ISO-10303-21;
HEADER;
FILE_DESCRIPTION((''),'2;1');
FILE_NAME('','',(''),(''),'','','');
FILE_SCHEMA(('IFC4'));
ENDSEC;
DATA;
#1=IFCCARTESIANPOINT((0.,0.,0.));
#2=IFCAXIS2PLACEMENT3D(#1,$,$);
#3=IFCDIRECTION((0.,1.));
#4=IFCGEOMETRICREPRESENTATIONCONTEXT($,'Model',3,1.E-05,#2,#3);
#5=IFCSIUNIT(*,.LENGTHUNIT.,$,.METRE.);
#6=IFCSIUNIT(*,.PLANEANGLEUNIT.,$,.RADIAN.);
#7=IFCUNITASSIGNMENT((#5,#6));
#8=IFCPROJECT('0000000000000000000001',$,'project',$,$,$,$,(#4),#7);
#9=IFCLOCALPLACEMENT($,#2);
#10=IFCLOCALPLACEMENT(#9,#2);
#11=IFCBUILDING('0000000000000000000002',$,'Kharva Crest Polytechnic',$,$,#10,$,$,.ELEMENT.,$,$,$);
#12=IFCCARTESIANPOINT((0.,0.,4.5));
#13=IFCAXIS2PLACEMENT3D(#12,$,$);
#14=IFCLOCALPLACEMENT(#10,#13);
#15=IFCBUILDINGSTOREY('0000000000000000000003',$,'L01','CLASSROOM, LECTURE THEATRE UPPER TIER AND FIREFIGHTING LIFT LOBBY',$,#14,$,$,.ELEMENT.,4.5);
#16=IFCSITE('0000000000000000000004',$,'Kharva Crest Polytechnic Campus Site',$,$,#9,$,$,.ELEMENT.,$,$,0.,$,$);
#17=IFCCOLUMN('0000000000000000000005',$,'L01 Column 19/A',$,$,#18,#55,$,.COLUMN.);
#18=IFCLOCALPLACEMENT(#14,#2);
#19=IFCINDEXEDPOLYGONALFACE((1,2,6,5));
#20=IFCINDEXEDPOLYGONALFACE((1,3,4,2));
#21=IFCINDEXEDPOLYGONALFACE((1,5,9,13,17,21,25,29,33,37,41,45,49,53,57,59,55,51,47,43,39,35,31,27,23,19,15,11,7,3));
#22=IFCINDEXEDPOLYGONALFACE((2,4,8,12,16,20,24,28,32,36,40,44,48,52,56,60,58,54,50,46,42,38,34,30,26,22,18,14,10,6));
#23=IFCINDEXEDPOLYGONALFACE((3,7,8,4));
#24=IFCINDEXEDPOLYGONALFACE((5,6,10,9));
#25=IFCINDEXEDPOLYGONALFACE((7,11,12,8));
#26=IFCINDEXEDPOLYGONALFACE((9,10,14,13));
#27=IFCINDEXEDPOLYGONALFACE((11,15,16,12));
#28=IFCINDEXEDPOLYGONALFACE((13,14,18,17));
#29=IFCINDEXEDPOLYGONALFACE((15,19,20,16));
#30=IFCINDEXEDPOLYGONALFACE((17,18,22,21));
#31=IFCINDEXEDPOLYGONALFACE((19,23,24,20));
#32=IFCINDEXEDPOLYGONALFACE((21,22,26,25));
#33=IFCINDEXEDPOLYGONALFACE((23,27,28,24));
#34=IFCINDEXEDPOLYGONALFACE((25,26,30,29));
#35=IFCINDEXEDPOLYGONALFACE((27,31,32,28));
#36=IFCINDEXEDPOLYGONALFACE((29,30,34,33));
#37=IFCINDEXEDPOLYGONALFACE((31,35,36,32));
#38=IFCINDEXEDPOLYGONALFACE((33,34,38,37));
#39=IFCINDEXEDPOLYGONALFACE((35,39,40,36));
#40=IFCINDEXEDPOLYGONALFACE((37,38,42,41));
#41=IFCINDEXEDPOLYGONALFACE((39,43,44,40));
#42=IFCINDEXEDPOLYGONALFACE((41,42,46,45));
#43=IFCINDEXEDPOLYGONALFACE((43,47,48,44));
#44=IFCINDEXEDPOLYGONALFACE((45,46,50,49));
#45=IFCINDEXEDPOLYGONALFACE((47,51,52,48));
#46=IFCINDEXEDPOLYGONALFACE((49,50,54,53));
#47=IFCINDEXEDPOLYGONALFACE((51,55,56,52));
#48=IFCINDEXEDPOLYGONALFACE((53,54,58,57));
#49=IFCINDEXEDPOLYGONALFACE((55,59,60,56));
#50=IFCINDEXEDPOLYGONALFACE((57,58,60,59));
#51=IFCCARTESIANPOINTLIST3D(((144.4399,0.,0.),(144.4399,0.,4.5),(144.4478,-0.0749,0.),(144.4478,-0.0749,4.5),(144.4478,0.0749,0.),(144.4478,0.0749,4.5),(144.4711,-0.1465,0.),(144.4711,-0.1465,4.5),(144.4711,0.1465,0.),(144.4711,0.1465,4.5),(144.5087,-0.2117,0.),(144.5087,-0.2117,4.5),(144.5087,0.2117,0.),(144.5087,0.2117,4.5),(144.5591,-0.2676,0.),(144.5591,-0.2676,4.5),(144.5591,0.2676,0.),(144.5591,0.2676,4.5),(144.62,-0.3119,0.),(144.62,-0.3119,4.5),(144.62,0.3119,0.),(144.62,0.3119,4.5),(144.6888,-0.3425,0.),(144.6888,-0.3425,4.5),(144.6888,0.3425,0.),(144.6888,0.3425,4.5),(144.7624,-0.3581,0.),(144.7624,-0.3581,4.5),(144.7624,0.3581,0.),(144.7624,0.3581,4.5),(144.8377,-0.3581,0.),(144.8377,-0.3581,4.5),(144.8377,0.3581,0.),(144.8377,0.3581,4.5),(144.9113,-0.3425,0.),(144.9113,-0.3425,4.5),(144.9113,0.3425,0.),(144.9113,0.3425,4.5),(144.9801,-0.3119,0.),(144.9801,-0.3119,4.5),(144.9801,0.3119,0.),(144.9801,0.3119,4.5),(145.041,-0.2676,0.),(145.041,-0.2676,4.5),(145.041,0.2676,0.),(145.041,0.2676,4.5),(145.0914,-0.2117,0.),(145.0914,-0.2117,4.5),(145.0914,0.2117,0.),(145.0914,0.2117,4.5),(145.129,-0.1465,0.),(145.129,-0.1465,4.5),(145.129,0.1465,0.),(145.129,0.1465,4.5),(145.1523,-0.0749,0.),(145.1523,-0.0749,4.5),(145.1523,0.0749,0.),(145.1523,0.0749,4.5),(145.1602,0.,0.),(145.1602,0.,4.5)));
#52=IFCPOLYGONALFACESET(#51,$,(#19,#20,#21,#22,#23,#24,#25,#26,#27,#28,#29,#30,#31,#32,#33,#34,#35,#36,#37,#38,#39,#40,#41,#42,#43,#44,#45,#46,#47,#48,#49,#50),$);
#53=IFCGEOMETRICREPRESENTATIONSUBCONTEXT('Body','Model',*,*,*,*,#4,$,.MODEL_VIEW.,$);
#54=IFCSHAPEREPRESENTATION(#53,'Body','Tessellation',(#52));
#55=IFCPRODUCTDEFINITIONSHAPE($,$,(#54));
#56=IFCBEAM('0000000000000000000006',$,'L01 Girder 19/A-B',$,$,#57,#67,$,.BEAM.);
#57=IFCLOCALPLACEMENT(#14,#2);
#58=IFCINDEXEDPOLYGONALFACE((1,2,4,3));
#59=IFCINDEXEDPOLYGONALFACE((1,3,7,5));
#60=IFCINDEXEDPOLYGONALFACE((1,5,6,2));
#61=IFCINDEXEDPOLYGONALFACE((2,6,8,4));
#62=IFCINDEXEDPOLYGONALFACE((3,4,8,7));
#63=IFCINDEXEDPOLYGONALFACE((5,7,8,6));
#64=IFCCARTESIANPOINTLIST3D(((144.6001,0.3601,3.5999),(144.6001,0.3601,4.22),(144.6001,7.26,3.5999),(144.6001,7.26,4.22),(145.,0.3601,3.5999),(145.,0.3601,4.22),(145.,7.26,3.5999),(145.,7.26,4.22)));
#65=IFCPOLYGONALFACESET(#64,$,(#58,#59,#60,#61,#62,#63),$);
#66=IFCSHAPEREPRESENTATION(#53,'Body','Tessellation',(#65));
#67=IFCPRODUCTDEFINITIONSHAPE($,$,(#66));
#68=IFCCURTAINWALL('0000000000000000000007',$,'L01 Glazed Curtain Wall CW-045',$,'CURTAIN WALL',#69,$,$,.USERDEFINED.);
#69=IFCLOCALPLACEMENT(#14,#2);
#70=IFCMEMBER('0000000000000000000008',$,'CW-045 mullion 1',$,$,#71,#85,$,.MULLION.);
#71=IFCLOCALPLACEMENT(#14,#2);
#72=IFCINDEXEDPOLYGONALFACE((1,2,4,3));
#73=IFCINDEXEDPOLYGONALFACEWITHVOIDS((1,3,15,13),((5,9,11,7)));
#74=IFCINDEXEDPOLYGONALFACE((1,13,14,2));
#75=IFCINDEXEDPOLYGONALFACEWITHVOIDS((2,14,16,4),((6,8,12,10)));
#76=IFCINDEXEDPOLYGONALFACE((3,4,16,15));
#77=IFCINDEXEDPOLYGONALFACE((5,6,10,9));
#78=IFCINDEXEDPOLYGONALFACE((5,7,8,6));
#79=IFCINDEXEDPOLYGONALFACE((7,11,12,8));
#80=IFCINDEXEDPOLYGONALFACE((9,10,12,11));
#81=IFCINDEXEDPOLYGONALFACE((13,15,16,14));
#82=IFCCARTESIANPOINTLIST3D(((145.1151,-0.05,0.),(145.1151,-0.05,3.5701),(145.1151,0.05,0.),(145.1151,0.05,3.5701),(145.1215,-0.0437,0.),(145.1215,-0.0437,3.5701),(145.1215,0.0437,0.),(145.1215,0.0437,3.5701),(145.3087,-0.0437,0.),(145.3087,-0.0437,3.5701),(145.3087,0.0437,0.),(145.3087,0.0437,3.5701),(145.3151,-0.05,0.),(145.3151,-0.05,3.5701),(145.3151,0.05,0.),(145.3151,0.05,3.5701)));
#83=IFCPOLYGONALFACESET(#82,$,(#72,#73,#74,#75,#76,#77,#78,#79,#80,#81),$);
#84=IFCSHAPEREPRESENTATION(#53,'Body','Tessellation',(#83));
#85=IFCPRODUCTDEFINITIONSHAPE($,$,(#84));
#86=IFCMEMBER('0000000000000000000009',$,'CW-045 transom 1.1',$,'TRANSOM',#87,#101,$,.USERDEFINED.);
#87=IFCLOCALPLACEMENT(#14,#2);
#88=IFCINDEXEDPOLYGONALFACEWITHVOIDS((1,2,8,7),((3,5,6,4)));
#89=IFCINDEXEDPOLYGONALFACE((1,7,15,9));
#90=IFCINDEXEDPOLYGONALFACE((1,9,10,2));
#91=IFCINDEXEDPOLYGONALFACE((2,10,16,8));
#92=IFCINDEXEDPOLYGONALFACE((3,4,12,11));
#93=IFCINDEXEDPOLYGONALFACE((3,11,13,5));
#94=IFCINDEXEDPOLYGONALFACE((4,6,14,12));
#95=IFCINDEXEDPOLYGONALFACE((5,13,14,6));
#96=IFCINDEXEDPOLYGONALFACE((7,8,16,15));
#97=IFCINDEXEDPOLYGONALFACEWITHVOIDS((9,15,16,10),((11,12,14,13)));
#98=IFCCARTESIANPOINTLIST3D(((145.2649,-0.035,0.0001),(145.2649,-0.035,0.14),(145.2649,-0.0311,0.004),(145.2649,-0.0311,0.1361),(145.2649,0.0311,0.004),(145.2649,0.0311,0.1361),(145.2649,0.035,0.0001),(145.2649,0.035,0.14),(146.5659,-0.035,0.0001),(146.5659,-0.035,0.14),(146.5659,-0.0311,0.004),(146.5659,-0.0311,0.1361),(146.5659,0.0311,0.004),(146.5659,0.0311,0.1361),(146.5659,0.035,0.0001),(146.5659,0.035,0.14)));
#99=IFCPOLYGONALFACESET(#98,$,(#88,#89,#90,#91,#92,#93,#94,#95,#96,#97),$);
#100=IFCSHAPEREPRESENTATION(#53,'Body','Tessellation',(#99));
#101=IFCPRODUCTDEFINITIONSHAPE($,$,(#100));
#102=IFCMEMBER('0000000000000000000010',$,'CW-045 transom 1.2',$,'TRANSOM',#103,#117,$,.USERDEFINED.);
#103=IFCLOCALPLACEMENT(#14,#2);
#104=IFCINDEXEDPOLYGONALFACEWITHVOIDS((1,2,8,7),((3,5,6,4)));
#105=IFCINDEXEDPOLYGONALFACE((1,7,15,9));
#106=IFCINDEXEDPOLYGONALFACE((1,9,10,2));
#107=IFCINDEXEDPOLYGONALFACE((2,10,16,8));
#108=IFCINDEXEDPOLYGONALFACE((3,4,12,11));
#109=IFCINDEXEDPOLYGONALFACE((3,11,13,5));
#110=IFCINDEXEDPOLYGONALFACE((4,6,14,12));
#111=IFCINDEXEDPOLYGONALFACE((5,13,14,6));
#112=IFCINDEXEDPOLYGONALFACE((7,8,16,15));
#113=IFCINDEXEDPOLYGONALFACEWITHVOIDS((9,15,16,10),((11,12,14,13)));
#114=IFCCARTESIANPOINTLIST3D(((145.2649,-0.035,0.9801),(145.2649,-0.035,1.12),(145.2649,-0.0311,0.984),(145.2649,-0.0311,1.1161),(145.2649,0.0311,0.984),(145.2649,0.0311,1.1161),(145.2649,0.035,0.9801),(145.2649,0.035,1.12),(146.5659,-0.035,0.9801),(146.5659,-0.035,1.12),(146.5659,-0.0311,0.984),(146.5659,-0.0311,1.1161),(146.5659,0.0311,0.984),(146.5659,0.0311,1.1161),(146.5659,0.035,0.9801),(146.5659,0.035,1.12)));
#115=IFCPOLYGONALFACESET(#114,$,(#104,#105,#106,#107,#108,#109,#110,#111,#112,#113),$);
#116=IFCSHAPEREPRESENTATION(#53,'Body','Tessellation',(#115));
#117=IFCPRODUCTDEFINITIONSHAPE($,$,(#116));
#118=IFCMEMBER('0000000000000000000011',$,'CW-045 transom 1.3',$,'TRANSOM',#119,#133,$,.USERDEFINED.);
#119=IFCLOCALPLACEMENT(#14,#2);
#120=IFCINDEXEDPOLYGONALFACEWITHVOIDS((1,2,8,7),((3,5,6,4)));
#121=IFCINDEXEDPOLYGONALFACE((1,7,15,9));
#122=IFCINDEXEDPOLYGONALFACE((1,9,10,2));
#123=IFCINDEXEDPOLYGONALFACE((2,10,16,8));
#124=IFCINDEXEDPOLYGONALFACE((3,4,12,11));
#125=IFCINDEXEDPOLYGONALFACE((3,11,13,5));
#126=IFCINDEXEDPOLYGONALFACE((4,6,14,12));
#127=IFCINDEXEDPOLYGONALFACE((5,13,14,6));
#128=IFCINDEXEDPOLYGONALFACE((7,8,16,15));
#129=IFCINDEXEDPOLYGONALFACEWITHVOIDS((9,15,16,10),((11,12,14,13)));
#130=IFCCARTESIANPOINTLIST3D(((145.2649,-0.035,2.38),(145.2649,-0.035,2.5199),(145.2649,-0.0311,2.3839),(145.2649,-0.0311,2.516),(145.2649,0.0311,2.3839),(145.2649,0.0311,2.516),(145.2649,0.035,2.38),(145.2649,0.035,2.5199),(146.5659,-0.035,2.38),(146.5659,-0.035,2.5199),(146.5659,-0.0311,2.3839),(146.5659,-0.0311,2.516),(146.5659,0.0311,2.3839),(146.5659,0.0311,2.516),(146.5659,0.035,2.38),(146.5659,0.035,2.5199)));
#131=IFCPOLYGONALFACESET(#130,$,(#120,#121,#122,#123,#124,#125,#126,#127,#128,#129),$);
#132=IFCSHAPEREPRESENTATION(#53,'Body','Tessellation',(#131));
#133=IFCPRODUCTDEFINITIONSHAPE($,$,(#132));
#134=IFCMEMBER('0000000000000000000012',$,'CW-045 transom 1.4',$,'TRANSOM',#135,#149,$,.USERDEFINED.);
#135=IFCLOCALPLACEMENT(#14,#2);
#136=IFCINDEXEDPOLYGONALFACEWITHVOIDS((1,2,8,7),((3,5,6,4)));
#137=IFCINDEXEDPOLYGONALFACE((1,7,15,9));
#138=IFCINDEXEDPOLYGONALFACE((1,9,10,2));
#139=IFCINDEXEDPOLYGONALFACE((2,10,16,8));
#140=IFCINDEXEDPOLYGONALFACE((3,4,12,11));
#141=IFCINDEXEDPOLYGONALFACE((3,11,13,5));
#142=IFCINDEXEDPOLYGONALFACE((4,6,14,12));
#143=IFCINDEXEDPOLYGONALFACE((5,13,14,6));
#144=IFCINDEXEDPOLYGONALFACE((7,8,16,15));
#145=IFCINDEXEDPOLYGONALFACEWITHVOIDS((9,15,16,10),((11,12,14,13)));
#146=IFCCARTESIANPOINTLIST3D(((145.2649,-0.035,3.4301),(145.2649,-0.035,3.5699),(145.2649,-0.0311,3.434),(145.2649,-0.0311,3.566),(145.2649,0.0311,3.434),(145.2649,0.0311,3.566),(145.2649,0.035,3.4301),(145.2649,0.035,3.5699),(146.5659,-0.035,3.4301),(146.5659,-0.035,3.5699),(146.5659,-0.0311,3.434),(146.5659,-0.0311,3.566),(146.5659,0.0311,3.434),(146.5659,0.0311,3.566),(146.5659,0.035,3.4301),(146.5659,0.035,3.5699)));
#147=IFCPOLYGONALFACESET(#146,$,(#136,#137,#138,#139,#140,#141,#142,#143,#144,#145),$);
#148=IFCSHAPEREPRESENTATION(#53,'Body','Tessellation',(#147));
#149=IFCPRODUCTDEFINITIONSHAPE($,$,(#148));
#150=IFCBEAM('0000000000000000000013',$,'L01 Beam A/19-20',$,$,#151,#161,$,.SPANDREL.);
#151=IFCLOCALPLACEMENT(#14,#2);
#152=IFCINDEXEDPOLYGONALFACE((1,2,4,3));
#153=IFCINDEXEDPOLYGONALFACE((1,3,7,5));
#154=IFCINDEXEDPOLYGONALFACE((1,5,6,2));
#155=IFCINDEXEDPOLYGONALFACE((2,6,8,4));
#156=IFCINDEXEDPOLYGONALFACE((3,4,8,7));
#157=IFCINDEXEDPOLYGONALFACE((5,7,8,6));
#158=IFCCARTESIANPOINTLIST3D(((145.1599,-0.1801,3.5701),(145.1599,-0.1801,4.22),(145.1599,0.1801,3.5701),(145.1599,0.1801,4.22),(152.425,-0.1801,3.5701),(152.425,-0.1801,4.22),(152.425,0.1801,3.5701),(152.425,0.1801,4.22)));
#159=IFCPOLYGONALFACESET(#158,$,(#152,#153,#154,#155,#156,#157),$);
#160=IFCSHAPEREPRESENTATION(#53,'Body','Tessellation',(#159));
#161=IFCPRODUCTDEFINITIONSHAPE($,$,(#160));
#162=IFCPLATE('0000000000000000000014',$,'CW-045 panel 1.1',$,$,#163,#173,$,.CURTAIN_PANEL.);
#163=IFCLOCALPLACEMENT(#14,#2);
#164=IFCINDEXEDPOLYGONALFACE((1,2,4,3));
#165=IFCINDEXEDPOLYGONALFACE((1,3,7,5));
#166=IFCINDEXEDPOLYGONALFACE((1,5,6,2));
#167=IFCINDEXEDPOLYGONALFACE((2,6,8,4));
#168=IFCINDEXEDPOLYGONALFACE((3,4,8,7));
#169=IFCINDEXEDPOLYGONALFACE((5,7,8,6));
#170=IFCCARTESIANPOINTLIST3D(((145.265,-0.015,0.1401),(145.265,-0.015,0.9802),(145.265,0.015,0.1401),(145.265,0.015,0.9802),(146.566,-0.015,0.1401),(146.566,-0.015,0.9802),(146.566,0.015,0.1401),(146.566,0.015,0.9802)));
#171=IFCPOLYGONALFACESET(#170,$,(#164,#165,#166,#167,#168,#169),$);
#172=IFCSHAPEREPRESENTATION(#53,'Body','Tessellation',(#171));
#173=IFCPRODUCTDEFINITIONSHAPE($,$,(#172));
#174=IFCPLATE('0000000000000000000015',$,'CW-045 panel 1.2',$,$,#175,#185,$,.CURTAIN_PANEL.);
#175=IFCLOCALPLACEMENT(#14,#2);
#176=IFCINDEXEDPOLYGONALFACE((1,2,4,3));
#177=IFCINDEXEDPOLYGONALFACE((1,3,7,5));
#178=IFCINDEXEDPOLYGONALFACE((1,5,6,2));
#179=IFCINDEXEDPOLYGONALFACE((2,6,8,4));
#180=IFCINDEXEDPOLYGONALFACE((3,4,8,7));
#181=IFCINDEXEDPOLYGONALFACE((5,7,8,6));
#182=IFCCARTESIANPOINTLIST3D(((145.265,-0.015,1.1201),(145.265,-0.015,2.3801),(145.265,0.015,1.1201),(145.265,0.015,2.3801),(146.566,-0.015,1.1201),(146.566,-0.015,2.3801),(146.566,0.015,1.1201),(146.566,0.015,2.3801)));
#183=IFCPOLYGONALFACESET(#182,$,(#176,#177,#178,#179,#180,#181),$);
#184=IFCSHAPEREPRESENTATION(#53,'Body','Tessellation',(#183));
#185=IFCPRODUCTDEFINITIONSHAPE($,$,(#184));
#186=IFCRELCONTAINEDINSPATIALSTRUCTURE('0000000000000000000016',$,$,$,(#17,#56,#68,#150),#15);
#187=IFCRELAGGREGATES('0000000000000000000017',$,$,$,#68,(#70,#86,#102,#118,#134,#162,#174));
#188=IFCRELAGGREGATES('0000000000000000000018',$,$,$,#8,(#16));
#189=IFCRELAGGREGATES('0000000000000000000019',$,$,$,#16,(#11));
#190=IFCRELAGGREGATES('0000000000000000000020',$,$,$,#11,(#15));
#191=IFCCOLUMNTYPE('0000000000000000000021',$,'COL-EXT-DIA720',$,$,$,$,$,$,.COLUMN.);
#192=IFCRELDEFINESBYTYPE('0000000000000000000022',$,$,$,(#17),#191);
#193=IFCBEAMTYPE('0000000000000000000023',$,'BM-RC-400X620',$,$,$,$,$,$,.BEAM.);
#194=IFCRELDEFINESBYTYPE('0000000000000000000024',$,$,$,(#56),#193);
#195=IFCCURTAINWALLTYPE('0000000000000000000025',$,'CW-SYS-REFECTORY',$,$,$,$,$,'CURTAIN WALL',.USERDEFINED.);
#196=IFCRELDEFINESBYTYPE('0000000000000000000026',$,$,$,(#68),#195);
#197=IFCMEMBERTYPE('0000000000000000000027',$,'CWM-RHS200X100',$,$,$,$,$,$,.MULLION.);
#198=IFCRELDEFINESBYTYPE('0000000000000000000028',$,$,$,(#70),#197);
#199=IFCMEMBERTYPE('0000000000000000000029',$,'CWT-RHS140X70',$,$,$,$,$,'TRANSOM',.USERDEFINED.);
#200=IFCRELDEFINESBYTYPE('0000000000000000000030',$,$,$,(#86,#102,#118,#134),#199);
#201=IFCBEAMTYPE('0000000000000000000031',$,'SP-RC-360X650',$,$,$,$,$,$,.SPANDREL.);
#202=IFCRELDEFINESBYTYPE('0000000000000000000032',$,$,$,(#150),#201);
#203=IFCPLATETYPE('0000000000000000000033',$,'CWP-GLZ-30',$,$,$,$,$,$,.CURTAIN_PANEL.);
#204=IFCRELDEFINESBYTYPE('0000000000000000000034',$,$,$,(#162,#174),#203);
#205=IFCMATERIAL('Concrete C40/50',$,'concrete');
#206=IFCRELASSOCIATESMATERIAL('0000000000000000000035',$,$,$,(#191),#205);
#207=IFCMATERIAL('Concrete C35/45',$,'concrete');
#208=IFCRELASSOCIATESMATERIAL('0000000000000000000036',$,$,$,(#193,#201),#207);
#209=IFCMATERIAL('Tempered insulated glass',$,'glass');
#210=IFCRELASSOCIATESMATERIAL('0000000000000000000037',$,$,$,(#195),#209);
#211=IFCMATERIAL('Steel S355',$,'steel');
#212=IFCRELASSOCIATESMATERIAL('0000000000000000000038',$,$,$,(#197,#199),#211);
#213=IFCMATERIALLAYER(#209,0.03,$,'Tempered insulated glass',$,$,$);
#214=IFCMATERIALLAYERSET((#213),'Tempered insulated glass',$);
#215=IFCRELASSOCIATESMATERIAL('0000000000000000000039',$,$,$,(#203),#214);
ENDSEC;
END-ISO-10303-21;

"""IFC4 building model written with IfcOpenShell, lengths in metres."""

from ifc_helpers import new_model, si_unit, direction, frame, origin, origin_2d, place, context, subcontext, project, spatial, rectangle, hollow_rectangle, circle, extrude, material, layer, layer_set, material_profile, profile_set, type_object, element, aggregate, save


model = new_model("IFC4")

# Units and contexts
model_context = context("Model", 3, precision=1e-05, world=origin(), true_north=direction((0.0, 1.0)))
body_context = subcontext(model_context, "Body", "Model", "MODEL_VIEW")
ifc_project = project(units=[si_unit("LENGTHUNIT", "METRE"), si_unit("PLANEANGLEUNIT", "RADIAN")], contexts=[model_context])

# Site, building, storey
site_placement = place(None, origin())
site = spatial("IfcSite", under=ifc_project, at=site_placement, Name="Kharva Crest Polytechnic Campus Site", CompositionType="ELEMENT", RefElevation=0.0)
building_placement = place(site_placement, origin())
building = spatial("IfcBuilding", under=site, at=building_placement, Name="Kharva Crest Polytechnic", CompositionType="ELEMENT")
storey_placement = place(building_placement, frame((0.0, 0.0, 4.5)))
storey = spatial("IfcBuildingStorey", under=building, at=storey_placement, Name="L01", Description="CLASSROOM, LECTURE THEATRE UPPER TIER AND FIREFIGHTING LIFT LOBBY", CompositionType="ELEMENT", Elevation=4.5)

# Column
ifc_material_1 = material(Name="Concrete C40/50", Category="concrete")
ifc_material_profile_1 = material_profile(ifc_material_1, circle(Radius=0.3601, at=origin_2d()), Name="DIA 720")
ifc_profile_set_1 = profile_set([ifc_material_profile_1], Name="Concrete C40/50")
column_type = type_object("IfcColumnType", Name="COL-EXT-DIA720", PredefinedType="COLUMN", material=ifc_profile_set_1)
column_placement = place(storey_placement, frame((144.8, 0.0, 0.0), z_axis=(0.0, 0.0, 1.0), x_axis=(1.0, 0.0, 0.0)))
element("IfcColumn", 1, at=column_placement, inside=storey, type_object=column_type, Name="L01 Column 19/A", PredefinedType="COLUMN", context=body_context, shape_type="SweptSolid", body=[
    extrude(circle(Radius=0.3601, at=origin_2d()), origin(), (0.0, 0.0, 1.0), 4.5),
])

# Beam
ifc_material_2 = material(Name="Concrete C35/45", Category="concrete")
ifc_material_profile_2 = material_profile(ifc_material_2, rectangle(XDim=0.3999, YDim=0.6201, at=origin_2d()), Name="RECT 400 X 620")
ifc_profile_set_2 = profile_set([ifc_material_profile_2], Name="Concrete C35/45")
beam_type_1 = type_object("IfcBeamType", Name="BM-RC-400X620", PredefinedType="BEAM", material=ifc_profile_set_2)
beam_1_placement = place(storey_placement, frame((144.8, 0.3601, 3.9099), z_axis=(0.0, 1.0, 0.0), x_axis=(-1.0, 0.0, 0.0)))
element("IfcBeam", 2, at=beam_1_placement, inside=storey, type_object=beam_type_1, Name="L01 Girder 19/A-B", PredefinedType="BEAM", context=body_context, shape_type="SweptSolid", body=[
    extrude(rectangle(XDim=0.3999, YDim=0.6201, at=origin_2d()), origin(), (0.0, 0.0, 1.0), 6.8999),
])

# Curtain wall, members
ifc_material_3 = material(Name="Tempered insulated glass", Category="glass")
curtain_wall_type = type_object("IfcCurtainWallType", Name="CW-SYS-REFECTORY", ElementType="CURTAIN WALL", PredefinedType="USERDEFINED", material=ifc_material_3)
curtain_wall_placement = place(storey_placement, origin())
curtain_wall = element("IfcCurtainWall", 3, at=curtain_wall_placement, inside=storey, type_object=curtain_wall_type, Name="L01 Glazed Curtain Wall CW-045", ObjectType="CURTAIN WALL", PredefinedType="USERDEFINED")
ifc_material_4 = material(Name="Steel S355", Category="steel")
ifc_material_profile_3 = material_profile(ifc_material_4, hollow_rectangle(XDim=0.1001, YDim=0.2, WallThickness=0.0063, at=origin_2d()), Name="RHS 200X100X6.3")
ifc_profile_set_3 = profile_set([ifc_material_profile_3], Name="Steel S355")
member_type_1 = type_object("IfcMemberType", Name="CWM-RHS200X100", PredefinedType="MULLION", material=ifc_profile_set_3)
member_1_placement = place(storey_placement, frame((145.2151, 0.0, 0.0), z_axis=(0.0, 0.0, 1.0), x_axis=(0.0, 1.0, 0.0)))
member_1 = element("IfcMember", 4, at=member_1_placement, type_object=member_type_1, Name="CW-045 mullion 1", PredefinedType="MULLION", context=body_context, shape_type="SweptSolid", body=[
    extrude(hollow_rectangle(XDim=0.1001, YDim=0.2, WallThickness=0.0063, at=origin_2d()), origin(), (0.0, 0.0, 1.0), 3.5701),
])
ifc_material_profile_4 = material_profile(ifc_material_4, hollow_rectangle(XDim=0.0701, YDim=0.1399, WallThickness=0.0039, at=origin_2d()), Name="RHS 140X70X4.0")
ifc_profile_set_4 = profile_set([ifc_material_profile_4], Name="Steel S355")
member_type_2 = type_object("IfcMemberType", Name="CWT-RHS140X70", ElementType="TRANSOM", PredefinedType="USERDEFINED", material=ifc_profile_set_4)
member_2_placement = place(storey_placement, frame((145.2649, 0.0, 0.0701), z_axis=(1.0, 0.0, 0.0), x_axis=(0.0, 1.0, 0.0)))
member_2 = element("IfcMember", 5, at=member_2_placement, type_object=member_type_2, Name="CW-045 transom 1.1", ObjectType="TRANSOM", PredefinedType="USERDEFINED", context=body_context, shape_type="SweptSolid", body=[
    extrude(hollow_rectangle(XDim=0.0701, YDim=0.1399, WallThickness=0.0039, at=origin_2d()), origin(), (0.0, 0.0, 1.0), 1.301),
])
member_3_placement = place(storey_placement, frame((145.2649, 0.0, 1.05), z_axis=(1.0, 0.0, 0.0), x_axis=(0.0, 1.0, 0.0)))
member_3 = element("IfcMember", 6, at=member_3_placement, type_object=member_type_2, Name="CW-045 transom 1.2", ObjectType="TRANSOM", PredefinedType="USERDEFINED", context=body_context, shape_type="SweptSolid", body=[
    extrude(hollow_rectangle(XDim=0.0701, YDim=0.1399, WallThickness=0.0039, at=origin_2d()), origin(), (0.0, 0.0, 1.0), 1.301),
])
member_4_placement = place(storey_placement, frame((145.2649, 0.0, 2.45), z_axis=(1.0, 0.0, 0.0), x_axis=(0.0, 1.0, 0.0)))
member_4 = element("IfcMember", 7, at=member_4_placement, type_object=member_type_2, Name="CW-045 transom 1.3", ObjectType="TRANSOM", PredefinedType="USERDEFINED", context=body_context, shape_type="SweptSolid", body=[
    extrude(hollow_rectangle(XDim=0.0701, YDim=0.1399, WallThickness=0.0039, at=origin_2d()), origin(), (0.0, 0.0, 1.0), 1.301),
])
member_5_placement = place(storey_placement, frame((145.2649, 0.0, 3.5), z_axis=(1.0, 0.0, 0.0), x_axis=(0.0, 1.0, 0.0)))
member_5 = element("IfcMember", 8, at=member_5_placement, type_object=member_type_2, Name="CW-045 transom 1.4", ObjectType="TRANSOM", PredefinedType="USERDEFINED", context=body_context, shape_type="SweptSolid", body=[
    extrude(hollow_rectangle(XDim=0.0701, YDim=0.1399, WallThickness=0.0039, at=origin_2d()), origin(), (0.0, 0.0, 1.0), 1.301),
])

# Beam
ifc_material_profile_5 = material_profile(ifc_material_2, rectangle(XDim=0.3601, YDim=0.6499, at=origin_2d()), Name="RECT 360 X 650")
ifc_profile_set_5 = profile_set([ifc_material_profile_5], Name="Concrete C35/45")
beam_type_2 = type_object("IfcBeamType", Name="SP-RC-360X650", PredefinedType="SPANDREL", material=ifc_profile_set_5)
beam_2_placement = place(storey_placement, frame((145.1599, 0.0, 3.895), z_axis=(1.0, 0.0, 0.0), x_axis=(0.0, 1.0, 0.0)))
element("IfcBeam", 9, at=beam_2_placement, inside=storey, type_object=beam_type_2, Name="L01 Beam A/19-20", PredefinedType="SPANDREL", context=body_context, shape_type="SweptSolid", body=[
    extrude(rectangle(XDim=0.3601, YDim=0.6499, at=origin_2d()), origin(), (0.0, 0.0, 1.0), 7.2651),
])

# Plates
ifc_layer_1 = layer(ifc_material_3, 0.03, Name="Tempered insulated glass")
ifc_layer_set_1 = layer_set([ifc_layer_1], Name="Tempered insulated glass")
plate_type = type_object("IfcPlateType", Name="CWP-GLZ-30", PredefinedType="CURTAIN_PANEL", material=ifc_layer_set_1)
plate_1_placement = place(storey_placement, frame((145.9155, 0.0, 0.1401), z_axis=(0.0, 0.0, 1.0), x_axis=(1.0, 0.0, 0.0)))
plate_1 = element("IfcPlate", 10, at=plate_1_placement, type_object=plate_type, Name="CW-045 panel 1.1", PredefinedType="CURTAIN_PANEL", context=body_context, shape_type="SweptSolid", body=[
    extrude(rectangle(XDim=1.301, YDim=0.03, at=origin_2d()), origin(), (0.0, 0.0, 1.0), 0.8401),
])
plate_2_placement = place(storey_placement, frame((145.9155, 0.0, 1.1201), z_axis=(0.0, 0.0, 1.0), x_axis=(1.0, 0.0, 0.0)))
plate_2 = element("IfcPlate", 11, at=plate_2_placement, type_object=plate_type, Name="CW-045 panel 1.2", PredefinedType="CURTAIN_PANEL", context=body_context, shape_type="SweptSolid", body=[
    extrude(rectangle(XDim=1.301, YDim=0.03, at=origin_2d()), origin(), (0.0, 0.0, 1.0), 1.26),
])
aggregate(curtain_wall, [member_1, member_2, member_3, member_4, member_5, plate_1, plate_2])

save(model, "model.ifc")
